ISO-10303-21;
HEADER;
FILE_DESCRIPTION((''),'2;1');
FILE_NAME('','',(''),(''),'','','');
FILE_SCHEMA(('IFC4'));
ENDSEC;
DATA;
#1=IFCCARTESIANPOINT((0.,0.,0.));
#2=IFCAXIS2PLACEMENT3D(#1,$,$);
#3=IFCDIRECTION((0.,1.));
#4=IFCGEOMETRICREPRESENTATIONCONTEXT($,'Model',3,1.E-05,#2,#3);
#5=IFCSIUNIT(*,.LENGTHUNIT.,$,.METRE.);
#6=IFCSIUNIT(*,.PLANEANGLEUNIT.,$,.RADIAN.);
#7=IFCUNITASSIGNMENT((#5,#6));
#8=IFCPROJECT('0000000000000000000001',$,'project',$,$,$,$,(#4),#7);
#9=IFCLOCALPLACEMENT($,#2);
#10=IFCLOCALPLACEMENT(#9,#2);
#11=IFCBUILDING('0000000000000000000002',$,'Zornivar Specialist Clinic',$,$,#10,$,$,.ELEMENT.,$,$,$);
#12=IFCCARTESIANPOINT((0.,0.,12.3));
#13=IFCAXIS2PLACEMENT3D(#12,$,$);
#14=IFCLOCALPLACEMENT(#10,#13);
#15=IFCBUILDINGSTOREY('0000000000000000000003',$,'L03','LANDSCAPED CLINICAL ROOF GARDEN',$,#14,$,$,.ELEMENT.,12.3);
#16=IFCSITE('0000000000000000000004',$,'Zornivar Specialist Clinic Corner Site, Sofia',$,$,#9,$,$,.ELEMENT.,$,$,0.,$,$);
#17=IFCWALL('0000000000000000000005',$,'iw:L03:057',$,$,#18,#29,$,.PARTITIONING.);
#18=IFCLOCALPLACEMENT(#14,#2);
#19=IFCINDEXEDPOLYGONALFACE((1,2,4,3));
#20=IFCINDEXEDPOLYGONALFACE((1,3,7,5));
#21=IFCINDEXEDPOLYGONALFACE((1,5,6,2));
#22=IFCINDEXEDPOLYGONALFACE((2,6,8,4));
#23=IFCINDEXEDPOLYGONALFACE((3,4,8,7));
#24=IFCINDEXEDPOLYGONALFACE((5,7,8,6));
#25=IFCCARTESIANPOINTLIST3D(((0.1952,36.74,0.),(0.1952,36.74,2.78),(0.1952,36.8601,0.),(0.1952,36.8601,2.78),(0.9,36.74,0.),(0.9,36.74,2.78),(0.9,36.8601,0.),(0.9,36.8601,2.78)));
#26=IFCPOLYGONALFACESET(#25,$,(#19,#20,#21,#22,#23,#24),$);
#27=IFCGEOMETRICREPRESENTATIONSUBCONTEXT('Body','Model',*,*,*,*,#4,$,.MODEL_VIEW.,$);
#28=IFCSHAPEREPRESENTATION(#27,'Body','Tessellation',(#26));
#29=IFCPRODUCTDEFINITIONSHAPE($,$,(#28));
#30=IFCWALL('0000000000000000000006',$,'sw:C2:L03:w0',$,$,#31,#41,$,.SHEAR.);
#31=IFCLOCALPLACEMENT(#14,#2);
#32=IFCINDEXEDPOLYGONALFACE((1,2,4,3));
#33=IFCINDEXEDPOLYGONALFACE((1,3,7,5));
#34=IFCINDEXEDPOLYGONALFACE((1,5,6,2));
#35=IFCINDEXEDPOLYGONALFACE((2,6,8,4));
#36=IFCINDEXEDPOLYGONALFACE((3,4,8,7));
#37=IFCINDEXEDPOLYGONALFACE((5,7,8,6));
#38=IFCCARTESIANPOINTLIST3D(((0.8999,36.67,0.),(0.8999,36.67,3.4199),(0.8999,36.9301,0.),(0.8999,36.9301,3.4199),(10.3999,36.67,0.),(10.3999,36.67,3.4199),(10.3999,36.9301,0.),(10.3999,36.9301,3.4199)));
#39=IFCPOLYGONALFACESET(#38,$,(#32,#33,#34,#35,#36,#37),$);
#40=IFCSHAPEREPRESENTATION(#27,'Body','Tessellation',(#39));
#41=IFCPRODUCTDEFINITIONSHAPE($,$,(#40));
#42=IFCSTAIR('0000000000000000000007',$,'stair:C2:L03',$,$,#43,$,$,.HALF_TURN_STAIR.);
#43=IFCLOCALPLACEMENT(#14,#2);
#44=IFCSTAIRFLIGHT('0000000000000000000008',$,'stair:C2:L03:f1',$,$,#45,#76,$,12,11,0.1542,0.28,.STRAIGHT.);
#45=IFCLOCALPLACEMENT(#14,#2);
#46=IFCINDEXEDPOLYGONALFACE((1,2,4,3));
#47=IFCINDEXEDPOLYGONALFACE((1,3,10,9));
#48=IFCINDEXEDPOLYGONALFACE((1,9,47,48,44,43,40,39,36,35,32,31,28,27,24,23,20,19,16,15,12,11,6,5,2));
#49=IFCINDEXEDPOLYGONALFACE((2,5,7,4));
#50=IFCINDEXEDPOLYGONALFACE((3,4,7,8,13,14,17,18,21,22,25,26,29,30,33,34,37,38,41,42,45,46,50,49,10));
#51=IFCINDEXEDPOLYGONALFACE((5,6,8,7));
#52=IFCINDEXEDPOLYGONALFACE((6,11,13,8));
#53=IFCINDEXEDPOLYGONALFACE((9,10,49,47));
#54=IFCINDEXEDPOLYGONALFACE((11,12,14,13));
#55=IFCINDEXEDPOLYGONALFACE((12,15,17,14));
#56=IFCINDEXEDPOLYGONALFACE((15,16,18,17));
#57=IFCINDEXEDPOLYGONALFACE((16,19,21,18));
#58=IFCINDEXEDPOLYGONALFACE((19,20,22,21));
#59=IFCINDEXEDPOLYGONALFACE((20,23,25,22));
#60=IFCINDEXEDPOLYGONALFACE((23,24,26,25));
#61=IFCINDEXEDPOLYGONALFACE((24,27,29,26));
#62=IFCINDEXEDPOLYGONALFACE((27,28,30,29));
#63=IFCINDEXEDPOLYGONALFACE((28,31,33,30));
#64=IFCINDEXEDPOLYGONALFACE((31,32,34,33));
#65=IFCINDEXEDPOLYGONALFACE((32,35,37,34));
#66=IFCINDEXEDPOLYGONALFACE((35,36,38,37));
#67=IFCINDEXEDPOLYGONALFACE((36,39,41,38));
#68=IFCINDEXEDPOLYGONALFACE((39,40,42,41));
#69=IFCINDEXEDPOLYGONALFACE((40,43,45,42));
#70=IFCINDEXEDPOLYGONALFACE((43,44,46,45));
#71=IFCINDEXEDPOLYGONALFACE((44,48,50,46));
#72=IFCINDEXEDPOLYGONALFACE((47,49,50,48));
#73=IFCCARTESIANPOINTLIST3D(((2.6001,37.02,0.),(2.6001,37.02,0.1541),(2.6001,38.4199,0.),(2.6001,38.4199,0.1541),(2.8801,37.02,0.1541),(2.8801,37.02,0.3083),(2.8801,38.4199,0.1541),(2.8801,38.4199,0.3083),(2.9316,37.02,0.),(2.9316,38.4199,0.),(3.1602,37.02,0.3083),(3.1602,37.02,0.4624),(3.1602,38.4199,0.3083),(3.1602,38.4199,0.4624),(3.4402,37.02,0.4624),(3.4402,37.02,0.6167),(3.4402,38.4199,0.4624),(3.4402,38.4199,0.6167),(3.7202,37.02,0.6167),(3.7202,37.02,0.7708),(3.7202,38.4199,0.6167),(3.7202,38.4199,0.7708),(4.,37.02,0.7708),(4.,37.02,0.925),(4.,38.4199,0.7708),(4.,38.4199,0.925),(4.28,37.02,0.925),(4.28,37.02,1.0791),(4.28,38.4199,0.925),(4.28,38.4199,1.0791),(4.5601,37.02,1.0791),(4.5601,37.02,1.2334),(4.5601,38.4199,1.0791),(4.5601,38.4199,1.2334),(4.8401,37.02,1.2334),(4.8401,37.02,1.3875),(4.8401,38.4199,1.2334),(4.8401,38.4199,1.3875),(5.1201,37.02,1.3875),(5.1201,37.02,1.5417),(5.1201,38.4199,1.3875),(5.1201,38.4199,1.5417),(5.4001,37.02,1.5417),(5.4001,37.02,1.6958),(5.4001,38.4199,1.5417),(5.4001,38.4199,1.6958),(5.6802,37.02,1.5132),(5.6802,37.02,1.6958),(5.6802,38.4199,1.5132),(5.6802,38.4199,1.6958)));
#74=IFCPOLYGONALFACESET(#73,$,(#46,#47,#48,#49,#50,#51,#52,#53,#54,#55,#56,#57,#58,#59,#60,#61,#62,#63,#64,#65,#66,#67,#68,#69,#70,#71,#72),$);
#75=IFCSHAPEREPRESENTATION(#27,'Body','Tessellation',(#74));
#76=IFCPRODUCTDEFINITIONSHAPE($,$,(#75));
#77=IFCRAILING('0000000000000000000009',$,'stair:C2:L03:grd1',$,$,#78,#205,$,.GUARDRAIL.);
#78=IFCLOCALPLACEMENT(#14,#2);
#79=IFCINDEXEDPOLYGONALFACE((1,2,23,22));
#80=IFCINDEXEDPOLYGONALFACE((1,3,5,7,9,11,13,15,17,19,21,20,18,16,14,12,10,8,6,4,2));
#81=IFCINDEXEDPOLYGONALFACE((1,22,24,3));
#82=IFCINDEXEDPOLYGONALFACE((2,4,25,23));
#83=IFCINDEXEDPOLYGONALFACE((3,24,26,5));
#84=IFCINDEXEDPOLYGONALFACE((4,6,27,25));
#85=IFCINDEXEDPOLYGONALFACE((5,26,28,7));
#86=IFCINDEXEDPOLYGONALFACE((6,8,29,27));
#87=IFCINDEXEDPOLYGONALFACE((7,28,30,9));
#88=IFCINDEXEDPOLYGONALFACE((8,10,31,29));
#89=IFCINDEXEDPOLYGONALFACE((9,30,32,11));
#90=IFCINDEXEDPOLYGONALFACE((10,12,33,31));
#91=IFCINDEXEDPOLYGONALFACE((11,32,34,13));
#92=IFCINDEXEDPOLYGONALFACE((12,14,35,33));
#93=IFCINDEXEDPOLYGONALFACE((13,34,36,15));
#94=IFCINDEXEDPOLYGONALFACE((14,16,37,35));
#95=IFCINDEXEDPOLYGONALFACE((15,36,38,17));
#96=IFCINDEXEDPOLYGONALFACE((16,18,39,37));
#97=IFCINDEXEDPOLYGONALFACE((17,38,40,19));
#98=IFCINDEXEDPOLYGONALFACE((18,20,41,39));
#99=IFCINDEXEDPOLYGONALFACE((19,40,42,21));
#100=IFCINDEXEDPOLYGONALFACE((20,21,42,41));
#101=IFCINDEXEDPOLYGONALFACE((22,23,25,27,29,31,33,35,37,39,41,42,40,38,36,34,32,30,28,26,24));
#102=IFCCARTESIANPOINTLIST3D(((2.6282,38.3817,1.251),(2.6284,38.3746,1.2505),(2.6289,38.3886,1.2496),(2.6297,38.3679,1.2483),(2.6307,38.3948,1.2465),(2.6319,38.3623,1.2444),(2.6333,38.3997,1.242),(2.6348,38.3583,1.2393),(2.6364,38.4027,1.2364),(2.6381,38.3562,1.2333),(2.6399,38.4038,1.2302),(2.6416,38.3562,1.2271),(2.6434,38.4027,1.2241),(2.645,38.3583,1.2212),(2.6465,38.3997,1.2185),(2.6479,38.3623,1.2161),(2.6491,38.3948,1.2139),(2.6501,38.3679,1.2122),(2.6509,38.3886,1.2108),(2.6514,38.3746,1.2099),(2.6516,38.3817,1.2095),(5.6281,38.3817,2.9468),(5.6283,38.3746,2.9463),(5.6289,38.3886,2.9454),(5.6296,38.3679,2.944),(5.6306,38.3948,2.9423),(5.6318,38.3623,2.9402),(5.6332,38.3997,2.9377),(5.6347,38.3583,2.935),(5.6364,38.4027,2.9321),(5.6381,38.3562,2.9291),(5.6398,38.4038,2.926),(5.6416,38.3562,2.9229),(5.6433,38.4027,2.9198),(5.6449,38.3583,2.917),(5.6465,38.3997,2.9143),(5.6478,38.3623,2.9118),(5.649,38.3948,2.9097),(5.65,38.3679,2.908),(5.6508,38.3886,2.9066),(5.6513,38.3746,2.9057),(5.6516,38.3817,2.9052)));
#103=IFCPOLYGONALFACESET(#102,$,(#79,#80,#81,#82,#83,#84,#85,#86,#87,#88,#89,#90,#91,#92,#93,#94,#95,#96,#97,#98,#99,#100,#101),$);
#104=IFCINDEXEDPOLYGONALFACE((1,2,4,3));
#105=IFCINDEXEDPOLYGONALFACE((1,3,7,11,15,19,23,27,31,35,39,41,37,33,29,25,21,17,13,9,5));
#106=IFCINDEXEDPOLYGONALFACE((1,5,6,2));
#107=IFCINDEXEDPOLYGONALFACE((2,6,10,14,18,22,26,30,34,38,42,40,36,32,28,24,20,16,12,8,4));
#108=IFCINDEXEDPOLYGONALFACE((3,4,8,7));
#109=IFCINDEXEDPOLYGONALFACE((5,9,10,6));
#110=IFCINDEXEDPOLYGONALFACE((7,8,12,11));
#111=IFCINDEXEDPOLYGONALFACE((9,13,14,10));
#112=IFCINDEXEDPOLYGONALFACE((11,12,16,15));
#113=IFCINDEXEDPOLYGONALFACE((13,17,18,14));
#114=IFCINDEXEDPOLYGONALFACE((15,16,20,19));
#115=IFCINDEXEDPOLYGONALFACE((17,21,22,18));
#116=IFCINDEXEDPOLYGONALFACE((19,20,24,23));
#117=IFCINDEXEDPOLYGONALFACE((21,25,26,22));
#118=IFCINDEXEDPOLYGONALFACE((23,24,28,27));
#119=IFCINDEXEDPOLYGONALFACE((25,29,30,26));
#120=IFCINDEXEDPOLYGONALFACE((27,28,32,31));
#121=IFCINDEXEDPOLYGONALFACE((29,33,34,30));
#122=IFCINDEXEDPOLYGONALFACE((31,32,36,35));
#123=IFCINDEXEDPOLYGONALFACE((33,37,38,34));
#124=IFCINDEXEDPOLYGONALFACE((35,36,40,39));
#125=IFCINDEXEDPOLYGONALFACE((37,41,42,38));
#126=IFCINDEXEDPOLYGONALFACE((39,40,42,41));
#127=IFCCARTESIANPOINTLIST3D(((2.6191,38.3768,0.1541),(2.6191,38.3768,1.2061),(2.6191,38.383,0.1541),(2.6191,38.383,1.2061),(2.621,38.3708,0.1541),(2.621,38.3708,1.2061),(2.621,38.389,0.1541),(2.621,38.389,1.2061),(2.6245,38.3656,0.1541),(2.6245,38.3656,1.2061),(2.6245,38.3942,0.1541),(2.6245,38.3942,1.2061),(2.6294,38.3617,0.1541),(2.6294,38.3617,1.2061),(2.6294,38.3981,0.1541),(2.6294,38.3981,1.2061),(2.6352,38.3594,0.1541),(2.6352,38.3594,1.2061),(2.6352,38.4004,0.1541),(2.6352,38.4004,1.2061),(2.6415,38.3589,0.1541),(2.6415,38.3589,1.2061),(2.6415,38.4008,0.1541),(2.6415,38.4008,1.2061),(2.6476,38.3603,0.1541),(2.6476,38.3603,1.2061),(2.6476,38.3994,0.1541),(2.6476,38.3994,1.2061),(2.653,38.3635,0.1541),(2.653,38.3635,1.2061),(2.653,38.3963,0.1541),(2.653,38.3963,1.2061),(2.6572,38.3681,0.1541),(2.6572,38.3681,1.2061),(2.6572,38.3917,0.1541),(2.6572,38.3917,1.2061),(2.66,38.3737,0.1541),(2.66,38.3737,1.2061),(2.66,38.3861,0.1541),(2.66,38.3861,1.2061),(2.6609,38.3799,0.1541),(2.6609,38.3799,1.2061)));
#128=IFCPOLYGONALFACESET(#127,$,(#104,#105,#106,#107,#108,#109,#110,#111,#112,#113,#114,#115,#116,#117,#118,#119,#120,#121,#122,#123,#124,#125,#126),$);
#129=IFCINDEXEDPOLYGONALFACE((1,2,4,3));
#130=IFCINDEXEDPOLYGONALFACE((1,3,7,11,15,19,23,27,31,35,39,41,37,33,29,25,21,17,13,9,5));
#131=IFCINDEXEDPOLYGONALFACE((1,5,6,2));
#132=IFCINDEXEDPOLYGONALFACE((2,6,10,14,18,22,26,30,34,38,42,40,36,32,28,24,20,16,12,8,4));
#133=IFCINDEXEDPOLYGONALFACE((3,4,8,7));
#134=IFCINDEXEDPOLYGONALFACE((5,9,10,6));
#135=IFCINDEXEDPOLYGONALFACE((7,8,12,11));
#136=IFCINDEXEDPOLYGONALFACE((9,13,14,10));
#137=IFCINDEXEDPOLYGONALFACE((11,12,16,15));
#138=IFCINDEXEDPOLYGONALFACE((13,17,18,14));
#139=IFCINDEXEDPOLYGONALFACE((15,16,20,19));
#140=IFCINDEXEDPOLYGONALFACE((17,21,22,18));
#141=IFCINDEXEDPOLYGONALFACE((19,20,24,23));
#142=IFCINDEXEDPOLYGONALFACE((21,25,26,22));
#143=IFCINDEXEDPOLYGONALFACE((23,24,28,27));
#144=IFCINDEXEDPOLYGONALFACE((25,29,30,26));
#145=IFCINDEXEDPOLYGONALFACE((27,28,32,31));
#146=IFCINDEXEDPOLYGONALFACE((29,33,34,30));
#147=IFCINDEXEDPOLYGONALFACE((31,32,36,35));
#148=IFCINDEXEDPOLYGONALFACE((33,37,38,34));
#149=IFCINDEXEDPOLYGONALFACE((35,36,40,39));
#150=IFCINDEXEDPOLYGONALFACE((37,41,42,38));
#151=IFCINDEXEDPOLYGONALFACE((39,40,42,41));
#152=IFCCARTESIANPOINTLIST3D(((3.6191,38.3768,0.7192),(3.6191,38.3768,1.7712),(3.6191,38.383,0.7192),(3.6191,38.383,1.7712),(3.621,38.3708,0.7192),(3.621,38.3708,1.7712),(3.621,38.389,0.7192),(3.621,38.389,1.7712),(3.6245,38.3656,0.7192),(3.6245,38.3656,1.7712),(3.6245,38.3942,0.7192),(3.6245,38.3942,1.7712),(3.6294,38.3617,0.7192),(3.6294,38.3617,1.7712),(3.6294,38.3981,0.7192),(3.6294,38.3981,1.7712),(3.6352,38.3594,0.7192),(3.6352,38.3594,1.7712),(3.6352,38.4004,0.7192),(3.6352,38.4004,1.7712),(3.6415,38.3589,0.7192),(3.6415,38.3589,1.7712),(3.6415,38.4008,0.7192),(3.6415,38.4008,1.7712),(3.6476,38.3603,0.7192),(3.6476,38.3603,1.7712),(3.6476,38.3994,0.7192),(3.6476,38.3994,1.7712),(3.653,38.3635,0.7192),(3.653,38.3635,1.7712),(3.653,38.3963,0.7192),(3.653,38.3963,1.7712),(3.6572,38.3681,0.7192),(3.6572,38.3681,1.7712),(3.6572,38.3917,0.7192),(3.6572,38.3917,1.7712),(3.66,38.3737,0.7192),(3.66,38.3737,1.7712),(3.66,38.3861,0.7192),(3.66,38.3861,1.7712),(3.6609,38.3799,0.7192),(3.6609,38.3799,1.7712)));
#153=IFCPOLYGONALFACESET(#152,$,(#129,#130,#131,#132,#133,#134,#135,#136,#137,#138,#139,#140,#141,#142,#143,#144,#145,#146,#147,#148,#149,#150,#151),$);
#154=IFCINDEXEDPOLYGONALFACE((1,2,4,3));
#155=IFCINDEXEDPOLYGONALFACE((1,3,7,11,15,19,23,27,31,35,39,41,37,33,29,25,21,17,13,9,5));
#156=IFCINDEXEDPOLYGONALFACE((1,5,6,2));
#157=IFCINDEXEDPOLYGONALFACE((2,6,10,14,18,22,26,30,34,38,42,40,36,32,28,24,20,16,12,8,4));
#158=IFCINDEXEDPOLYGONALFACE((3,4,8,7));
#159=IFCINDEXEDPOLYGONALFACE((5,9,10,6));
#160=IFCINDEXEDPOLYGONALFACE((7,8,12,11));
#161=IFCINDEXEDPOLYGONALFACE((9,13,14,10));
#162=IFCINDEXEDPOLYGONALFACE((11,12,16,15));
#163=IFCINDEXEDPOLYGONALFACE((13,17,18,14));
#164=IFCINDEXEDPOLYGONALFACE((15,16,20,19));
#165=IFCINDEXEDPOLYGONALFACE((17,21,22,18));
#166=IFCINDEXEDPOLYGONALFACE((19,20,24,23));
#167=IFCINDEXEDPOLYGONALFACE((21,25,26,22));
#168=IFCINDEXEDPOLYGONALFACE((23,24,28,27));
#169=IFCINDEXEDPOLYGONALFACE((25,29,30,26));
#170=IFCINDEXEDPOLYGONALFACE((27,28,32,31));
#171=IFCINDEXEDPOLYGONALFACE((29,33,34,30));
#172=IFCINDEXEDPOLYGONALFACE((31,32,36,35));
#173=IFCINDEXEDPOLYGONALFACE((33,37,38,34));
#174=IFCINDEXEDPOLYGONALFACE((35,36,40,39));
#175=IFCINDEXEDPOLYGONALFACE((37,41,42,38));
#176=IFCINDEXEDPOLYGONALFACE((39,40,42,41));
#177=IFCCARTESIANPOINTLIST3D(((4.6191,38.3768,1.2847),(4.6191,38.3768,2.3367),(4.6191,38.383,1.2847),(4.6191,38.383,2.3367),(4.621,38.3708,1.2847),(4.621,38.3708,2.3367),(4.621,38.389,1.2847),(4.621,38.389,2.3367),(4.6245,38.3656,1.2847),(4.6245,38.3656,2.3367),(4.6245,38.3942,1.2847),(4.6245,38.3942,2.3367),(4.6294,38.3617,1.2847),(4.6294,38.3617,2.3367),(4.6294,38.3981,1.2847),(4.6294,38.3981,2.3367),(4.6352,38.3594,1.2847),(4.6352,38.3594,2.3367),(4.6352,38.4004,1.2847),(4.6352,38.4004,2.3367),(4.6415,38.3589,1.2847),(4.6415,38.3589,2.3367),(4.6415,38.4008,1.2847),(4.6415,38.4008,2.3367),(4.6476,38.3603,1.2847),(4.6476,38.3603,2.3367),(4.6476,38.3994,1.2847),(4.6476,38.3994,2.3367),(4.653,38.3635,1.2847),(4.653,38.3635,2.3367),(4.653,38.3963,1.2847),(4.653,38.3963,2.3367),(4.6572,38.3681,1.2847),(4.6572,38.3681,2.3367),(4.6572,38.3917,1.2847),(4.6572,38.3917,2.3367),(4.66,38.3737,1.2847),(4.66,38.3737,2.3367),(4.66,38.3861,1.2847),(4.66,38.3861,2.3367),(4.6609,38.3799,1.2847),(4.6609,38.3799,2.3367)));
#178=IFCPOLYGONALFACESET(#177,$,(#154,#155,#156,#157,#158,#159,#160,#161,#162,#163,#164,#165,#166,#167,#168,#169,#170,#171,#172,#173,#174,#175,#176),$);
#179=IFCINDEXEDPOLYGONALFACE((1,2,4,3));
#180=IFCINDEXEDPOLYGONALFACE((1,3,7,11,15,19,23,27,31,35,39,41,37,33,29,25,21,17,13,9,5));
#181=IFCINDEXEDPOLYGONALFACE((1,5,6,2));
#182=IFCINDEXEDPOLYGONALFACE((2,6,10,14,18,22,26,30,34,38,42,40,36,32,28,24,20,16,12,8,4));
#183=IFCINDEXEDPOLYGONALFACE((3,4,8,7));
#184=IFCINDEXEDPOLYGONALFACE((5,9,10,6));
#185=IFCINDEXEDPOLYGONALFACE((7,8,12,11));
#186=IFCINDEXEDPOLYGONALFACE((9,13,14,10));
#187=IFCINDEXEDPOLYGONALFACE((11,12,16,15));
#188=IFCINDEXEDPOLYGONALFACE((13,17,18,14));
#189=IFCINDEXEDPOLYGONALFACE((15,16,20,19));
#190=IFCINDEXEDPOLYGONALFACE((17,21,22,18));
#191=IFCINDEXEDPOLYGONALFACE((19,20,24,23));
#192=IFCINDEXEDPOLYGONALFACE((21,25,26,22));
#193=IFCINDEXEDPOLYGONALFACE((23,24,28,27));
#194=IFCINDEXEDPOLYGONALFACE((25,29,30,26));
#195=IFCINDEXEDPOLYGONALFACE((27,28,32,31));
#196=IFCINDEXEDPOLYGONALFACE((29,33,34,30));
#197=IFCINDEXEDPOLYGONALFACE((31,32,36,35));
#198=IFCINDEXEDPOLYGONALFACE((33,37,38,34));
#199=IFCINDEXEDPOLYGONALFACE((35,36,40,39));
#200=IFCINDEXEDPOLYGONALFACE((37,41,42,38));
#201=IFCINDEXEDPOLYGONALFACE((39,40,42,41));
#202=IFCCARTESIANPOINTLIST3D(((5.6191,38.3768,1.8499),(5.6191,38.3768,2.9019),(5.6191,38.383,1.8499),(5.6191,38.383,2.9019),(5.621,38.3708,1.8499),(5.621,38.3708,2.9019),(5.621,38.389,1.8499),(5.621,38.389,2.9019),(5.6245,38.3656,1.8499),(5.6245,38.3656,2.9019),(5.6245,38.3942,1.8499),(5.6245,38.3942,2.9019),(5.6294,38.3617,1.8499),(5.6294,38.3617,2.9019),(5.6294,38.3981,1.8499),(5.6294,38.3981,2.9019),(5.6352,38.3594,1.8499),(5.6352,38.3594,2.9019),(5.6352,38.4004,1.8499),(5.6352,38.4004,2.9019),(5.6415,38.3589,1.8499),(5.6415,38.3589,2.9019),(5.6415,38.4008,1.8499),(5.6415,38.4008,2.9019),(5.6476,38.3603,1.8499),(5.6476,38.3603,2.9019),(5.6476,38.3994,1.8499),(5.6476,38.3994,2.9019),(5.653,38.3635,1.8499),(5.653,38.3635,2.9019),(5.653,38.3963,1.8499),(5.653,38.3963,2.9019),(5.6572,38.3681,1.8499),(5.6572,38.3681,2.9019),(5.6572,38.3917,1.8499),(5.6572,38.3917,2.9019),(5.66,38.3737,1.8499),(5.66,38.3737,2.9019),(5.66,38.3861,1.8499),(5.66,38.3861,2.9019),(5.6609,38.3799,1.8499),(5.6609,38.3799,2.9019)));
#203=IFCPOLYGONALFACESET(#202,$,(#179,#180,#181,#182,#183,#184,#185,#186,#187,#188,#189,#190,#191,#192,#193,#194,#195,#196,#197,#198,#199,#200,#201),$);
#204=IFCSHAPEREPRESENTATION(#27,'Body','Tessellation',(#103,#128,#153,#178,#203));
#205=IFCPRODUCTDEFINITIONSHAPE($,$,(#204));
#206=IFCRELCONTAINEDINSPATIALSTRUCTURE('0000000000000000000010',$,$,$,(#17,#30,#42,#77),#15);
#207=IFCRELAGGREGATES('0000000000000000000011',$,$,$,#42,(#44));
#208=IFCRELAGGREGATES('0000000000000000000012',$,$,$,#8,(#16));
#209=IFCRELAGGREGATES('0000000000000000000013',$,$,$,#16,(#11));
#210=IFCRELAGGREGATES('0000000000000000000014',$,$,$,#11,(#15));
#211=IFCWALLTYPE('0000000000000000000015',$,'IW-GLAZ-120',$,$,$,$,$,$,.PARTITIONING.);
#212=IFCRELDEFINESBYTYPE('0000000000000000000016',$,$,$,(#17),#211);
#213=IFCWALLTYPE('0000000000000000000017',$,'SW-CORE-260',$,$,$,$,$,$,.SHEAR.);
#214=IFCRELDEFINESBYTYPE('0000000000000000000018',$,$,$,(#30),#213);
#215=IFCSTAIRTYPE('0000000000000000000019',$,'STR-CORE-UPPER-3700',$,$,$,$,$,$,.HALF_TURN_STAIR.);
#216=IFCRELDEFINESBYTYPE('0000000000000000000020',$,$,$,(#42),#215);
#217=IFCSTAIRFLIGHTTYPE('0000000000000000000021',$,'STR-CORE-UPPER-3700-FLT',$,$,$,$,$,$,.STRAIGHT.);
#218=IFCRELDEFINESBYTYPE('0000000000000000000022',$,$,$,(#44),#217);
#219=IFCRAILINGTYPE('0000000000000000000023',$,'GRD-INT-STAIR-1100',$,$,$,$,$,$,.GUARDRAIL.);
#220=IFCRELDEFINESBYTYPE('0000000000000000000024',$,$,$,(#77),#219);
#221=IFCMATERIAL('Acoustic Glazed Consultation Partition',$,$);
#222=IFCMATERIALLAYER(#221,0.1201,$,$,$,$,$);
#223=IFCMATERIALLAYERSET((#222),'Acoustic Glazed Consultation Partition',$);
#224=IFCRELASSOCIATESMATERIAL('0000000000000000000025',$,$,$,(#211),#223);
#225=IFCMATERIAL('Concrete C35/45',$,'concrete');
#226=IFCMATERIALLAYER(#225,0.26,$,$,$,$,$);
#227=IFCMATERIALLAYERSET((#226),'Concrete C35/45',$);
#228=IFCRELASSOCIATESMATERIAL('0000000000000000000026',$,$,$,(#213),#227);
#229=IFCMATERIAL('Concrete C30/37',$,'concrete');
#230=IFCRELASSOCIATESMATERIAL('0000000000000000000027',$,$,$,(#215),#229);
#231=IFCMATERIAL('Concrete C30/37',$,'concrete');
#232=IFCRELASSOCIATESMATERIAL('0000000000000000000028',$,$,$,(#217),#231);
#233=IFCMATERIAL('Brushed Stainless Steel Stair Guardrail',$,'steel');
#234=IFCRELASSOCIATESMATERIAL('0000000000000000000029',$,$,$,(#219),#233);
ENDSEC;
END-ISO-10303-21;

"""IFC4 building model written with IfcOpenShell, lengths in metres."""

from ifc_helpers import new_model, si_unit, direction, frame, frame_2d, origin, origin_2d, place, context, subcontext, project, spatial, polyline, rectangle, circle, outline, extrude, material, layer, layer_set, type_object, element, aggregate, save


model = new_model("IFC4")

# Units and contexts
model_context = context("Model", 3, precision=1e-05, world=origin(), true_north=direction((0.0, 1.0)))
body_context = subcontext(model_context, "Body", "Model", "MODEL_VIEW")
ifc_project = project(units=[si_unit("LENGTHUNIT", "METRE"), si_unit("PLANEANGLEUNIT", "RADIAN")], contexts=[model_context])

# Site, building, storey
site_placement = place(None, origin())
site = spatial("IfcSite", under=ifc_project, at=site_placement, Name="Zornivar Specialist Clinic Corner Site, Sofia", CompositionType="ELEMENT", RefElevation=0.0)
building_placement = place(site_placement, origin())
building = spatial("IfcBuilding", under=site, at=building_placement, Name="Zornivar Specialist Clinic", CompositionType="ELEMENT")
storey_placement = place(building_placement, frame((0.0, 0.0, 12.3)))
storey = spatial("IfcBuildingStorey", under=building, at=storey_placement, Name="L03", Description="LANDSCAPED CLINICAL ROOF GARDEN", CompositionType="ELEMENT", Elevation=12.3)

# Walls
ifc_material_1 = material(Name="Acoustic Glazed Consultation Partition")
ifc_layer_1 = layer(ifc_material_1, 0.1201)
ifc_layer_set_1 = layer_set([ifc_layer_1], Name="Acoustic Glazed Consultation Partition")
wall_type_1 = type_object("IfcWallType", Name="IW-GLAZ-120", PredefinedType="PARTITIONING", material=ifc_layer_set_1)
wall_1_placement = place(storey_placement, frame((0.1951, 36.8, 0.0), z_axis=(0.0, 0.0, 1.0), x_axis=(1.0, 0.0, 0.0)))
element("IfcWall", 1, at=wall_1_placement, inside=storey, type_object=wall_type_1, Name="iw:L03:057", PredefinedType="PARTITIONING", context=body_context, shape_type="SweptSolid", body=[
    extrude(rectangle(XDim=0.7048, YDim=0.1201, at=frame_2d((0.3525, 0.0))), origin(), (0.0, 0.0, 1.0), 2.78),
])
ifc_material_2 = material(Name="Concrete C35/45", Category="concrete")
ifc_layer_2 = layer(ifc_material_2, 0.26)
ifc_layer_set_2 = layer_set([ifc_layer_2], Name="Concrete C35/45")
wall_type_2 = type_object("IfcWallType", Name="SW-CORE-260", PredefinedType="SHEAR", material=ifc_layer_set_2)
wall_2_placement = place(storey_placement, frame((0.8999, 36.8, 0.0), z_axis=(0.0, 0.0, 1.0), x_axis=(1.0, 0.0, 0.0)))
element("IfcWall", 2, at=wall_2_placement, inside=storey, type_object=wall_type_2, Name="sw:C2:L03:w0", PredefinedType="SHEAR", context=body_context, shape_type="SweptSolid", body=[
    extrude(rectangle(XDim=9.5, YDim=0.26, at=frame_2d((4.75, 0.0))), origin(), (0.0, 0.0, 1.0), 3.4199),
])

# Stair, stair flight
ifc_material_3 = material(Name="Concrete C30/37", Category="concrete")
stair_type = type_object("IfcStairType", Name="STR-CORE-UPPER-3700", PredefinedType="HALF_TURN_STAIR", material=ifc_material_3)
stair_placement = place(storey_placement, origin())
stair = element("IfcStair", 3, at=stair_placement, inside=storey, type_object=stair_type, Name="stair:C2:L03", PredefinedType="HALF_TURN_STAIR")
ifc_material_4 = material(Name="Concrete C30/37", Category="concrete")
stair_flight_type = type_object("IfcStairFlightType", Name="STR-CORE-UPPER-3700-FLT", PredefinedType="STRAIGHT", material=ifc_material_4)
stair_flight_placement = place(storey_placement, frame((2.6001, 37.72, 0.0), z_axis=(0.0, 0.0, 1.0), x_axis=(1.0, 0.0, 0.0)))
stair_flight = element("IfcStairFlight", 4, at=stair_flight_placement, type_object=stair_flight_type, Name="stair:C2:L03:f1", NumberOfRisers=12, NumberOfTreads=11, PredefinedType="STRAIGHT", RiserHeight=0.1542, TreadLength=0.28, context=body_context, shape_type="SweptSolid", body=[
    extrude(outline(polyline([(0.0, 0.0), (0.0, 0.1541), (0.28, 0.1541), (0.28, 0.3083), (0.5601, 0.3083), (0.5601, 0.4624), (0.8401, 0.4624), (0.8401, 0.6167), (1.1201, 0.6167), (1.1201, 0.7708), (1.3999, 0.7708), (1.3999, 0.925), (1.6799, 0.925), (1.6799, 1.0791), (1.96, 1.0791), (1.96, 1.2334), (2.24, 1.2334), (2.24, 1.3875), (2.52, 1.3875), (2.52, 1.5417), (2.8, 1.5417), (2.8, 1.6958), (3.0801, 1.6958), (3.0801, 1.8501), (3.0801, 1.5132), (0.3315, 0.0), (0.0, 0.0)])), frame((0.0, 0.7, 0.0), z_axis=(0.0, -1.0, 0.0), x_axis=(1.0, 0.0, 0.0)), (0.0, 0.0, 1.0), 1.3999),
])
aggregate(stair, [stair_flight])

# Railing
ifc_material_5 = material(Name="Brushed Stainless Steel Stair Guardrail", Category="steel")
railing_type_1 = type_object("IfcRailingType", Name="GRD-INT-STAIR-1100", PredefinedType="GUARDRAIL", material=ifc_material_5)
railing_1_placement = place(storey_placement, frame((2.6399, 38.3799, 0.1541)))
element("IfcRailing", 5, at=railing_1_placement, inside=storey, type_object=railing_type_1, Name="stair:C2:L03:grd1", PredefinedType="GUARDRAIL", context=body_context, shape_type="SweptSolid", body=[
    extrude(circle(Radius=0.0239, at=origin_2d()), frame((0.0, 0.0, 1.0762), z_axis=(0.870544, 0.0, 0.49209), x_axis=(0.0, 1.0, 0.0)), (0.0, 0.0, 1.0), 3.446),
    extrude(circle(Radius=0.021, at=origin_2d()), origin(), (0.0, 0.0, 1.0), 1.052),
    extrude(circle(Radius=0.021, at=origin_2d()), frame((1.0, 0.0, 0.5652)), (0.0, 0.0, 1.0), 1.052),
    extrude(circle(Radius=0.021, at=origin_2d()), frame((2.0, 0.0, 1.1306)), (0.0, 0.0, 1.0), 1.052),
    extrude(circle(Radius=0.021, at=origin_2d()), frame((3.0, 0.0, 1.6958)), (0.0, 0.0, 1.0), 1.052),
])

save(model, "model.ifc")
